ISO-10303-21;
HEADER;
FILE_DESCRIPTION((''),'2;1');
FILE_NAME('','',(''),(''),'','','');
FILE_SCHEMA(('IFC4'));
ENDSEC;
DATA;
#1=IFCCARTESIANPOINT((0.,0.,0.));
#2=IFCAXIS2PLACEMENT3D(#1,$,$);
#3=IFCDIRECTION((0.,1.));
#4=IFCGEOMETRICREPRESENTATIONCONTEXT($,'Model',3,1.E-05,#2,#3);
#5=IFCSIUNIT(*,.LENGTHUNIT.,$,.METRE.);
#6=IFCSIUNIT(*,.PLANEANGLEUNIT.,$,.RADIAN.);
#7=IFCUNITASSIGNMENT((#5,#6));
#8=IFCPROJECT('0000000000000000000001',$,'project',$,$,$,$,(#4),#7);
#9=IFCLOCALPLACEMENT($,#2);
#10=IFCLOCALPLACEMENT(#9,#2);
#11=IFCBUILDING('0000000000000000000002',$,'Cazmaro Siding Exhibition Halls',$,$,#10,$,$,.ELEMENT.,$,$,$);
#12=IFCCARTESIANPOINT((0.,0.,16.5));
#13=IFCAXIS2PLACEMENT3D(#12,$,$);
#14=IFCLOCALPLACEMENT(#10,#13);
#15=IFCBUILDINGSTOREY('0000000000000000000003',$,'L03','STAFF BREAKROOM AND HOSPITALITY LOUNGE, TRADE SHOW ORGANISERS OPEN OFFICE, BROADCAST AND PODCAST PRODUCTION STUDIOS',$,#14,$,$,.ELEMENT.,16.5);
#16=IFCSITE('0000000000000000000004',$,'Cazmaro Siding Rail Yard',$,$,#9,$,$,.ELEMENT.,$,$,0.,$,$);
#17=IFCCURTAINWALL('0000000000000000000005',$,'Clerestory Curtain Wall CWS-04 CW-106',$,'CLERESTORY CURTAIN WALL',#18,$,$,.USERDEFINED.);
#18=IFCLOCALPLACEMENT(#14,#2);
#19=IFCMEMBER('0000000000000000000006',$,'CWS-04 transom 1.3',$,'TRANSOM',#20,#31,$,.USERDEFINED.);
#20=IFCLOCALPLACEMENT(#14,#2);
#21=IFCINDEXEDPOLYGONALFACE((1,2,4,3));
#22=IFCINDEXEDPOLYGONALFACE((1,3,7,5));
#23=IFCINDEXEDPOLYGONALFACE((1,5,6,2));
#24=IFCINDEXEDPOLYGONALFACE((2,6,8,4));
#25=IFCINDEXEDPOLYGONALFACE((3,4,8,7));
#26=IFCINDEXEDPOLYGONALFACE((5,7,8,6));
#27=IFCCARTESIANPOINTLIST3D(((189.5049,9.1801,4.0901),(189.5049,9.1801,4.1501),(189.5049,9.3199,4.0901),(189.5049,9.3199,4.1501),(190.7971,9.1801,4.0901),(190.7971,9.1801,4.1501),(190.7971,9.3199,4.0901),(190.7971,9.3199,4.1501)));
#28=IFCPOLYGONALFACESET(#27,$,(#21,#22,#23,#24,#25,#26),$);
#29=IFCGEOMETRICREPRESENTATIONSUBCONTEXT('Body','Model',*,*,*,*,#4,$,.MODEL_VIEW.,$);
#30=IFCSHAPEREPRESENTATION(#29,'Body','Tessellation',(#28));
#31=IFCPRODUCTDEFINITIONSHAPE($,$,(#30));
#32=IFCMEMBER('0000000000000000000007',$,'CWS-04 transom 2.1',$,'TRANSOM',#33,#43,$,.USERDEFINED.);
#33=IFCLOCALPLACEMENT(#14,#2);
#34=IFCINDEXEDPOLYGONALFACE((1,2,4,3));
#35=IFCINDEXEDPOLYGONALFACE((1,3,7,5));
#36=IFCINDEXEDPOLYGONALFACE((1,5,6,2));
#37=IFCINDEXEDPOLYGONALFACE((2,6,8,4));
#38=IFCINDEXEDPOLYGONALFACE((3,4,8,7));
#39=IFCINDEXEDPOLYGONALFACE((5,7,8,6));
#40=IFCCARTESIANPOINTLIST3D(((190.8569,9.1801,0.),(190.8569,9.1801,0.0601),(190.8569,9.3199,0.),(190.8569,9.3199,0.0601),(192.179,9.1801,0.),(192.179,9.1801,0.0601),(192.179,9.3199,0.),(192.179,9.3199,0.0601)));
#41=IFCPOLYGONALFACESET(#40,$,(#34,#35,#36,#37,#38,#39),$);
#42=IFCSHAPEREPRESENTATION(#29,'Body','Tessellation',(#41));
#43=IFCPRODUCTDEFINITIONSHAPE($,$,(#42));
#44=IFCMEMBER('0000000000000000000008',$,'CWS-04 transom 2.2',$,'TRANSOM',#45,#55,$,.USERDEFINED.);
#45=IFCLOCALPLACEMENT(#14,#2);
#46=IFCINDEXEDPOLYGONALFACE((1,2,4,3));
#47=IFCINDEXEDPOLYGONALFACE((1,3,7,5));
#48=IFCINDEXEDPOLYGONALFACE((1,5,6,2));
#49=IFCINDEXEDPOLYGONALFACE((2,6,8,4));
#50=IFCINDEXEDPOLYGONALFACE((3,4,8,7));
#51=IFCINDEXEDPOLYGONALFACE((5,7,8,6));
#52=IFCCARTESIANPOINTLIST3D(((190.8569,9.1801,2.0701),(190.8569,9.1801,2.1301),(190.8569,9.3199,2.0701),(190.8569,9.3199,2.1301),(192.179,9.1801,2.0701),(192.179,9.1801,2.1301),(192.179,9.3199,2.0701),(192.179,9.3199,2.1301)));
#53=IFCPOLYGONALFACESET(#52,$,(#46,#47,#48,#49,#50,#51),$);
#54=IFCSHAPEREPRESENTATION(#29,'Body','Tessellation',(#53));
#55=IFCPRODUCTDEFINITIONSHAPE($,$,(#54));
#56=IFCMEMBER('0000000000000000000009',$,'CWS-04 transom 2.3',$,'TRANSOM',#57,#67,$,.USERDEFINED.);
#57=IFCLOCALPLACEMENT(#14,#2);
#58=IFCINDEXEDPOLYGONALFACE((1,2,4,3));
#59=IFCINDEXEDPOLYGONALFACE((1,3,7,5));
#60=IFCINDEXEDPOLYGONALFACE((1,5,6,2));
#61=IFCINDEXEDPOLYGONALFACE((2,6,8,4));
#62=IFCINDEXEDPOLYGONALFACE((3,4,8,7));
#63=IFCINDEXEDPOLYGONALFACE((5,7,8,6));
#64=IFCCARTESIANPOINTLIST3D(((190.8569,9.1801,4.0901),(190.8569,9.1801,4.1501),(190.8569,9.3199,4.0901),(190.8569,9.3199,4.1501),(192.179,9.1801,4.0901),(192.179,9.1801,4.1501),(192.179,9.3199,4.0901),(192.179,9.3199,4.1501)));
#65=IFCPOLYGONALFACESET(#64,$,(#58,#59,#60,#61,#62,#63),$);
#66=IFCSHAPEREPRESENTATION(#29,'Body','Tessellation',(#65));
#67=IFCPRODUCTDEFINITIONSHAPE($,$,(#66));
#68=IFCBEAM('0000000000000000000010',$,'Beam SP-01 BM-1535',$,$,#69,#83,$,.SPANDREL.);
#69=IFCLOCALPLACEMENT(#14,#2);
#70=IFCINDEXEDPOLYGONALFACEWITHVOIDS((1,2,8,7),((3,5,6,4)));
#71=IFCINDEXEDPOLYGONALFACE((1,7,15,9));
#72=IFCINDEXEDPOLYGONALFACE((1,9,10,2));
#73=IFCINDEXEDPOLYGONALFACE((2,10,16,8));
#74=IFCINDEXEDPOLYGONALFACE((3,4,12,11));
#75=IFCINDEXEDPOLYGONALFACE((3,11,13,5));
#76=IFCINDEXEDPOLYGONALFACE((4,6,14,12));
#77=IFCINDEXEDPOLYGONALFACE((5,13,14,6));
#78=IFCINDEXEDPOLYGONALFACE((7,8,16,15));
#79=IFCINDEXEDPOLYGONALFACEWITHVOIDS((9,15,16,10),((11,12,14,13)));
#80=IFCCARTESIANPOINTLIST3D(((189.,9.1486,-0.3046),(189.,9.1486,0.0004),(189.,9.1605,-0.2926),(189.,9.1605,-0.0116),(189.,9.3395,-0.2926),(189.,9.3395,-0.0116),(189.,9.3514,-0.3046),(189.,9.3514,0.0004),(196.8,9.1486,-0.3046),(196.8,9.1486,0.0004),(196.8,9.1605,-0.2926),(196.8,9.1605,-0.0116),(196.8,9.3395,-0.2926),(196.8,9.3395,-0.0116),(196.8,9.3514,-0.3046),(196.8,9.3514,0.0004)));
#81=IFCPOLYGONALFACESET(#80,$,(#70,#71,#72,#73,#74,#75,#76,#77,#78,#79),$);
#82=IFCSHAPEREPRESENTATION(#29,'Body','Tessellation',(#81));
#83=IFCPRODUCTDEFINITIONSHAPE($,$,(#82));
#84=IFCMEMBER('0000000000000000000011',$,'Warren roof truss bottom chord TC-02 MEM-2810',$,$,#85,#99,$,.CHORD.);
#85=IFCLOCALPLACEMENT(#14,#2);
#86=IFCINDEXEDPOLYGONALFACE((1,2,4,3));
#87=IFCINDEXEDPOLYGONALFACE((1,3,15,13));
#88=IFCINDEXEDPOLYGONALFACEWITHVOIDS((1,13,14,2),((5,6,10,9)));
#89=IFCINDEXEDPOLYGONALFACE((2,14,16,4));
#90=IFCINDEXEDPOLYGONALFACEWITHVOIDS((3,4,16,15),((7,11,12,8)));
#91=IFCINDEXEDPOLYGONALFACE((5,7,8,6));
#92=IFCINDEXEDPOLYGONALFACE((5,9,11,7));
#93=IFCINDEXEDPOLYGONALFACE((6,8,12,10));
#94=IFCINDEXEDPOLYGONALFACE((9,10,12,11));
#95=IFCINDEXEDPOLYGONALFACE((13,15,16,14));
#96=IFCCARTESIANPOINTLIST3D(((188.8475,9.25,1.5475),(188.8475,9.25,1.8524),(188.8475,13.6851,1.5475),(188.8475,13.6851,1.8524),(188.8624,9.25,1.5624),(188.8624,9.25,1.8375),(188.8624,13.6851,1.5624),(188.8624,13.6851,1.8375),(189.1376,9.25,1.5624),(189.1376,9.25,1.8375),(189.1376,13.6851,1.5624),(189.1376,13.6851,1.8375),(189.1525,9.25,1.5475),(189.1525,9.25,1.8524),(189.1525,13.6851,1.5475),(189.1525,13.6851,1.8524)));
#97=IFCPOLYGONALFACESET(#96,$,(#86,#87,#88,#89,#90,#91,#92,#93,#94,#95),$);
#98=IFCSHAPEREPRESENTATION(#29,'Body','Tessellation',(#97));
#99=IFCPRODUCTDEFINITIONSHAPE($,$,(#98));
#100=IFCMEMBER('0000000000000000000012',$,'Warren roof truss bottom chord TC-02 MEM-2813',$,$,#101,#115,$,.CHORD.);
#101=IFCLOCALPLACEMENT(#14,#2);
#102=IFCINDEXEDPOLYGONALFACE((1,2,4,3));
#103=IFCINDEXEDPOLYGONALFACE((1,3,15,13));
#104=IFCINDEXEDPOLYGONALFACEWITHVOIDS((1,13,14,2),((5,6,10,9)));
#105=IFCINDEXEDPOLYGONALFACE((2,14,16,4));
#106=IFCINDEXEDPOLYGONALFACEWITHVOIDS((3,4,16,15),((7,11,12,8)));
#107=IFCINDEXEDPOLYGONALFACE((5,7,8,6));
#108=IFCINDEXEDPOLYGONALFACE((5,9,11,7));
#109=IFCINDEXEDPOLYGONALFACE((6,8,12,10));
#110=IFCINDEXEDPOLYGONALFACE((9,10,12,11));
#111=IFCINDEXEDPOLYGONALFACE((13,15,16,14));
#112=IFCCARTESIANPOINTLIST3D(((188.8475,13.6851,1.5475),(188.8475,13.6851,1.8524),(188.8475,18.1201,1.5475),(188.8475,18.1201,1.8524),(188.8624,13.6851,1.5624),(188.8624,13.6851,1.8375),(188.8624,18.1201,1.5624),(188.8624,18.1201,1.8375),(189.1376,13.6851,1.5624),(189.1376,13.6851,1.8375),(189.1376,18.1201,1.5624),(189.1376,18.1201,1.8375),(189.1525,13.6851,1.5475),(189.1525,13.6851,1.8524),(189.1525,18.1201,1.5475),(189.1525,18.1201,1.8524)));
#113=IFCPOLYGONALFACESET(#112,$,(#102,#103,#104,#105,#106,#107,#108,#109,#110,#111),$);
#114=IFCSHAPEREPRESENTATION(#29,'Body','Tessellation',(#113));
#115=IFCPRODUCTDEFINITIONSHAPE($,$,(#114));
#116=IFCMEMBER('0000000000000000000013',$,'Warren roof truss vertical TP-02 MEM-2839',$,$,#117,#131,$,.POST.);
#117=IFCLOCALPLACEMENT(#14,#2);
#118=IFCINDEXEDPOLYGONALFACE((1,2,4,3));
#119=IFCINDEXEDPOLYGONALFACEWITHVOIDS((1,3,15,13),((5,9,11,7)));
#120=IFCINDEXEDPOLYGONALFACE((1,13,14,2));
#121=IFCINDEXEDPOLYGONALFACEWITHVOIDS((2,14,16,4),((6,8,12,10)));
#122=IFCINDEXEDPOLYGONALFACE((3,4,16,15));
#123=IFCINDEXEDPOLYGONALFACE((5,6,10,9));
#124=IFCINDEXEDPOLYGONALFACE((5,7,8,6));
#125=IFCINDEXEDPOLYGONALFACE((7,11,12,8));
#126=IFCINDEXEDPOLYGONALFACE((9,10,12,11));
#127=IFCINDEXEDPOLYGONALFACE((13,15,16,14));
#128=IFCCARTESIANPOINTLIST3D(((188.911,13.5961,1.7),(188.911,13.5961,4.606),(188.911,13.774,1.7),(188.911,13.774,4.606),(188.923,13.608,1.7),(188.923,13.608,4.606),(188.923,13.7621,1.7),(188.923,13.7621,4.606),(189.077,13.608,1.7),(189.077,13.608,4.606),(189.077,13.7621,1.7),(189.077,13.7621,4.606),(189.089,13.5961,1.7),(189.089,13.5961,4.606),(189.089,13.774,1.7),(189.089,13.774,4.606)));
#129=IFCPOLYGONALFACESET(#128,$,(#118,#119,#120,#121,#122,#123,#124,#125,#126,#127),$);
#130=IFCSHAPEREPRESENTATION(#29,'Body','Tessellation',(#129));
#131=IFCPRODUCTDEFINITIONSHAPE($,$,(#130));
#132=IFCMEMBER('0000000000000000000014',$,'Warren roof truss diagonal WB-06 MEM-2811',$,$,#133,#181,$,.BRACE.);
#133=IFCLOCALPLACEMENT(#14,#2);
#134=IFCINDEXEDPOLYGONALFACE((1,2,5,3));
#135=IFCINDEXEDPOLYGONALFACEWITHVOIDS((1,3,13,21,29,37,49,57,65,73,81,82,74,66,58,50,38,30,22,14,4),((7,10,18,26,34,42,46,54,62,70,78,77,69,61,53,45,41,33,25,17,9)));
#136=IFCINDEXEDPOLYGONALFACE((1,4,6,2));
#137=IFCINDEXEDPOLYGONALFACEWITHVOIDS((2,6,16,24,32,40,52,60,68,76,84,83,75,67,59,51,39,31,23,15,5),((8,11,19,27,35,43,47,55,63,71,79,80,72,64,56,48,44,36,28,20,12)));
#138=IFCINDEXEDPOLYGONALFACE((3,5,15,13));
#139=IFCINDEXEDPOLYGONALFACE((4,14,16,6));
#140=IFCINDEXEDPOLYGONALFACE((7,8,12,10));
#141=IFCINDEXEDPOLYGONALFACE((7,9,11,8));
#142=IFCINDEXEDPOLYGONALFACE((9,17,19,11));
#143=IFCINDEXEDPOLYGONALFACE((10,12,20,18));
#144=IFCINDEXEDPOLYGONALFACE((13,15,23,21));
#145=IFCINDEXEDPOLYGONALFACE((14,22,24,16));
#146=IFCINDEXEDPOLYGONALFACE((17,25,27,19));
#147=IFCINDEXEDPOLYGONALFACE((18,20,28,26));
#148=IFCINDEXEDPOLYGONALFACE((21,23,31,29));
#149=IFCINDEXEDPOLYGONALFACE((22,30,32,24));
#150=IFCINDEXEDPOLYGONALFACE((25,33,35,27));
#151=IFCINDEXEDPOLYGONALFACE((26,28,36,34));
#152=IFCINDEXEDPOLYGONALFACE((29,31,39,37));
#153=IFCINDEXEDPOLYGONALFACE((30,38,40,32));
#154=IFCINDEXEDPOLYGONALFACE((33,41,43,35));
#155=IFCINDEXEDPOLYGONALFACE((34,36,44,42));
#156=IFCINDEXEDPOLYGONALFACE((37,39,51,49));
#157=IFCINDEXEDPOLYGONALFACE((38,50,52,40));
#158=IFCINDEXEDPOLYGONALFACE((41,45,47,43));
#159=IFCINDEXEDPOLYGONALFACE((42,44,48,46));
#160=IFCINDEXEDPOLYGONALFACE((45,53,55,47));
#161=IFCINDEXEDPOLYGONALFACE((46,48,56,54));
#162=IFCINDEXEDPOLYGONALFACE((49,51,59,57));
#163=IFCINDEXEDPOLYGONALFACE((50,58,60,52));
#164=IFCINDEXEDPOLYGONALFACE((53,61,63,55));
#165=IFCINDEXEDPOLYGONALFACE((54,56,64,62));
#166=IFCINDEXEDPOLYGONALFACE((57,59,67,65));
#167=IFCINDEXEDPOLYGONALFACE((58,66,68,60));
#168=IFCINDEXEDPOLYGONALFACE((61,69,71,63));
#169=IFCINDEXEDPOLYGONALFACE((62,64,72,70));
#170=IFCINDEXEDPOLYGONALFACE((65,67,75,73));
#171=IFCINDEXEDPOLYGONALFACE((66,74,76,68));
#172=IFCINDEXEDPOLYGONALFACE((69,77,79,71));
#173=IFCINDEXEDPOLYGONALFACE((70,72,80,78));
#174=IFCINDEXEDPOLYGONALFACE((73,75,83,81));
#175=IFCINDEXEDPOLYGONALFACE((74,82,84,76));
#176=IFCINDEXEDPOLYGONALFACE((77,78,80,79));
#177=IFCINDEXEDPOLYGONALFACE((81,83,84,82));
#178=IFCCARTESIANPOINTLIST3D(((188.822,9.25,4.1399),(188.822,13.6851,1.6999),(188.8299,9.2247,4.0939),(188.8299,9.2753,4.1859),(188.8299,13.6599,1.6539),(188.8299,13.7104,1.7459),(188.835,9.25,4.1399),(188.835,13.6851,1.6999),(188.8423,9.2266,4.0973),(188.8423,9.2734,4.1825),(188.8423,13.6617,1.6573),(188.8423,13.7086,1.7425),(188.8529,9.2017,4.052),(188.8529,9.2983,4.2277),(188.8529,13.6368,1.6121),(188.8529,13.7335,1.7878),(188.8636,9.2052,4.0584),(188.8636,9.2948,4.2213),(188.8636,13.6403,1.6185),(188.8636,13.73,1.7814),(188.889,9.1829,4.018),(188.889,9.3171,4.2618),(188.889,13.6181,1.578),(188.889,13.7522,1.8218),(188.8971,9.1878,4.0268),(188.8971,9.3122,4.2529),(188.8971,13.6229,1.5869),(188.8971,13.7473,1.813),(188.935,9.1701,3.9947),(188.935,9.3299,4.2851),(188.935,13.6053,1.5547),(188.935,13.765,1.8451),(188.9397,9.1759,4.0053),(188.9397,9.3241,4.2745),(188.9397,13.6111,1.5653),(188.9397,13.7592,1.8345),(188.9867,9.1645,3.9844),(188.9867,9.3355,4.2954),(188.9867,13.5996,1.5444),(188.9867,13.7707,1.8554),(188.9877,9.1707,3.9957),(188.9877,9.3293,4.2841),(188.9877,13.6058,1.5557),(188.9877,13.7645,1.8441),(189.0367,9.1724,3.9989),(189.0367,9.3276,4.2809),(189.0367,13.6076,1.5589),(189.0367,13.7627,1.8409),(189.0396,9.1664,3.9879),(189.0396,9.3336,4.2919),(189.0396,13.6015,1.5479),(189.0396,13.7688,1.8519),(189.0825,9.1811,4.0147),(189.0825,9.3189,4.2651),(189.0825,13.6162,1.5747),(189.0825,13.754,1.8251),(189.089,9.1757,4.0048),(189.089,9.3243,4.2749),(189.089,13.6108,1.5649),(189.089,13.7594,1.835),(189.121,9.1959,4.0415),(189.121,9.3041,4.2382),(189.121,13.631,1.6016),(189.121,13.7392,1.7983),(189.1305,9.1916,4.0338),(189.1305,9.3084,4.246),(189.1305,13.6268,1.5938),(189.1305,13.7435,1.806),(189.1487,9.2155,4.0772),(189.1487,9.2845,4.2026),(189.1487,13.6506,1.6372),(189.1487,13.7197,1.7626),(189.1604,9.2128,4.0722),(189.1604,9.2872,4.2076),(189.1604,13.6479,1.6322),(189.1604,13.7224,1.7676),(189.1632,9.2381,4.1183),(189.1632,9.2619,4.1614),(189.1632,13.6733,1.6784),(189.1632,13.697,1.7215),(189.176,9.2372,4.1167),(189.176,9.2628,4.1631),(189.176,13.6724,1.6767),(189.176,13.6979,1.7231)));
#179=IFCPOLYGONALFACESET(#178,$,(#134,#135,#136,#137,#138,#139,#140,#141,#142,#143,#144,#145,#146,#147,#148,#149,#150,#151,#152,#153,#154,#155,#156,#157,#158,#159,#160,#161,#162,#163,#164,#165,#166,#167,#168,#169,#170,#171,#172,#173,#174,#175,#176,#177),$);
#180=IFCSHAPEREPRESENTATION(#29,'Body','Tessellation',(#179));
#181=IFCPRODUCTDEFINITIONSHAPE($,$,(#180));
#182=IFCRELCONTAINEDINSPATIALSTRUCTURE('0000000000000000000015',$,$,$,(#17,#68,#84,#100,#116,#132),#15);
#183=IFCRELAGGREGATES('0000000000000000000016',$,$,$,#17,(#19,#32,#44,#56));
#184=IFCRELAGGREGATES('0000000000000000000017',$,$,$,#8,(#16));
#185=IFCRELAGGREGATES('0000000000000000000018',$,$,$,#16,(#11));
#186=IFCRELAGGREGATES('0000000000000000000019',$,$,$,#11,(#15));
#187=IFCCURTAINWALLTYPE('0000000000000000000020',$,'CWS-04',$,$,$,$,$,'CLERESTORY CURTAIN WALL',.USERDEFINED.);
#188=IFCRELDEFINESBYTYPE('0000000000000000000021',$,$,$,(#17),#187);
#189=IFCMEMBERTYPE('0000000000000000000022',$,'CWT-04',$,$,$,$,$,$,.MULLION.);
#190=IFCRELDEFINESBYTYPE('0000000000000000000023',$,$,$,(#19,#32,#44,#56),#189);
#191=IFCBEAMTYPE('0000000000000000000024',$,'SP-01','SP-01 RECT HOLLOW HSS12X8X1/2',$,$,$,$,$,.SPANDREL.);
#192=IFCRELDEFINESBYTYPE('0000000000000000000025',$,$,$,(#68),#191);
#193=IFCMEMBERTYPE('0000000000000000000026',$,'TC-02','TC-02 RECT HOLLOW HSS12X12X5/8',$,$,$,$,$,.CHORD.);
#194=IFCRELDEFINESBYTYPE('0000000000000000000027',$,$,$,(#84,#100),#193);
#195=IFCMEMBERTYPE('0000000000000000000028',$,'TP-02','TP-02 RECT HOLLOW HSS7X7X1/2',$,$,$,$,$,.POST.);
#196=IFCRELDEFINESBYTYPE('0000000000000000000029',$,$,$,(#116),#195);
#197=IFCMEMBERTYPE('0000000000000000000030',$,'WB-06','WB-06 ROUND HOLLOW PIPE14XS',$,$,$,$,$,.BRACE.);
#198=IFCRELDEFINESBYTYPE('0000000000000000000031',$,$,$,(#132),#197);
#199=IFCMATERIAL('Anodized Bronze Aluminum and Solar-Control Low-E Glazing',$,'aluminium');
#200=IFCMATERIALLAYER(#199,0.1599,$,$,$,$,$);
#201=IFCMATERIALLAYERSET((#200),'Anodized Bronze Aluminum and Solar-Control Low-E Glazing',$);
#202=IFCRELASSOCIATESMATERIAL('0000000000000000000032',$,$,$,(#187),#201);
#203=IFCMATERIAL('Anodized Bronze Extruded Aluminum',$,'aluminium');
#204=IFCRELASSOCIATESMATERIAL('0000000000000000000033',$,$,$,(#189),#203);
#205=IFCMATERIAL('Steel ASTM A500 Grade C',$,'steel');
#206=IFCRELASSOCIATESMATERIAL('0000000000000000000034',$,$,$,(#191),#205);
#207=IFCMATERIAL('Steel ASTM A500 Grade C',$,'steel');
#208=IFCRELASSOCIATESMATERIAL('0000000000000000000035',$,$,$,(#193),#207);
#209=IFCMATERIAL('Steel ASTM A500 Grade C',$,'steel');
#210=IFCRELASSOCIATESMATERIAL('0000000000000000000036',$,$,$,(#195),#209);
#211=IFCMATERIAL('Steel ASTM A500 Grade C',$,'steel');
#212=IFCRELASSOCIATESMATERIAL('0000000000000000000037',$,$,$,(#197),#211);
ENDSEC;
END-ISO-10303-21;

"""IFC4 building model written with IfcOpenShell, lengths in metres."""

from ifc_helpers import new_model, si_unit, direction, frame, origin, origin_2d, place, context, subcontext, project, spatial, rectangle, hollow_rectangle, hollow_circle, extrude, material, layer, layer_set, material_profile, profile_set, type_object, element, aggregate, save


model = new_model("IFC4")

# Units and contexts
model_context = context("Model", 3, precision=1e-05, world=origin(), true_north=direction((0.0, 1.0)))
body_context = subcontext(model_context, "Body", "Model", "MODEL_VIEW")
ifc_project = project(units=[si_unit("LENGTHUNIT", "METRE"), si_unit("PLANEANGLEUNIT", "RADIAN")], contexts=[model_context])

# Site, building, storey
site_placement = place(None, origin())
site = spatial("IfcSite", under=ifc_project, at=site_placement, Name="Cazmaro Siding Rail Yard", CompositionType="ELEMENT", RefElevation=0.0)
building_placement = place(site_placement, origin())
building = spatial("IfcBuilding", under=site, at=building_placement, Name="Cazmaro Siding Exhibition Halls", CompositionType="ELEMENT")
storey_placement = place(building_placement, frame((0.0, 0.0, 16.5)))
storey = spatial("IfcBuildingStorey", under=building, at=storey_placement, Name="L03", Description="STAFF BREAKROOM AND HOSPITALITY LOUNGE, TRADE SHOW ORGANISERS OPEN OFFICE, BROADCAST AND PODCAST PRODUCTION STUDIOS", CompositionType="ELEMENT", Elevation=16.5)

# Curtain wall
ifc_material_1 = material(Name="Anodized Bronze Aluminum and Solar-Control Low-E Glazing", Category="aluminium")
ifc_layer_1 = layer(ifc_material_1, 0.1599)
ifc_layer_set_1 = layer_set([ifc_layer_1], Name="Anodized Bronze Aluminum and Solar-Control Low-E Glazing")
curtain_wall_type = type_object("IfcCurtainWallType", Name="CWS-04", ElementType="CLERESTORY CURTAIN WALL", PredefinedType="USERDEFINED", material=ifc_layer_set_1)
curtain_wall_1_placement = place(storey_placement, origin())
curtain_wall_1 = element("IfcCurtainWall", 1, at=curtain_wall_1_placement, inside=storey, type_object=curtain_wall_type, Name="Clerestory Curtain Wall CWS-04 CW-106", ObjectType="CLERESTORY CURTAIN WALL", PredefinedType="USERDEFINED")

# Members
ifc_material_2 = material(Name="Anodized Bronze Extruded Aluminum", Category="aluminium")
ifc_material_profile_1 = material_profile(ifc_material_2, rectangle(XDim=0.1399, YDim=0.0601, at=origin_2d()), Name="CWT-04")
ifc_profile_set_1 = profile_set([ifc_material_profile_1], Name="Anodized Bronze Extruded Aluminum")
member_type_1 = type_object("IfcMemberType", Name="CWT-04", PredefinedType="MULLION", material=ifc_profile_set_1)
member_1_placement = place(storey_placement, frame((189.5049, 9.25, 4.1201), z_axis=(1.0, 0.0, 0.0), x_axis=(0.0, 1.0, 0.0)))
member_1 = element("IfcMember", 2, at=member_1_placement, type_object=member_type_1, Name="CWS-04 transom 1.3", ObjectType="TRANSOM", PredefinedType="USERDEFINED", context=body_context, shape_type="SweptSolid", body=[
    extrude(rectangle(XDim=0.1399, YDim=0.0601, at=origin_2d()), origin(), (0.0, 0.0, 1.0), 1.2922),
])
member_2_placement = place(storey_placement, frame((190.8569, 9.25, 0.03), z_axis=(1.0, 0.0, 0.0), x_axis=(0.0, 1.0, 0.0)))
member_2 = element("IfcMember", 3, at=member_2_placement, type_object=member_type_1, Name="CWS-04 transom 2.1", ObjectType="TRANSOM", PredefinedType="USERDEFINED", context=body_context, shape_type="SweptSolid", body=[
    extrude(rectangle(XDim=0.1399, YDim=0.0601, at=origin_2d()), origin(), (0.0, 0.0, 1.0), 1.322),
])
member_3_placement = place(storey_placement, frame((190.8569, 9.25, 2.1001), z_axis=(1.0, 0.0, 0.0), x_axis=(0.0, 1.0, 0.0)))
member_3 = element("IfcMember", 4, at=member_3_placement, type_object=member_type_1, Name="CWS-04 transom 2.2", ObjectType="TRANSOM", PredefinedType="USERDEFINED", context=body_context, shape_type="SweptSolid", body=[
    extrude(rectangle(XDim=0.1399, YDim=0.0601, at=origin_2d()), origin(), (0.0, 0.0, 1.0), 1.322),
])
member_4_placement = place(storey_placement, frame((190.8569, 9.25, 4.1201), z_axis=(1.0, 0.0, 0.0), x_axis=(0.0, 1.0, 0.0)))
member_4 = element("IfcMember", 5, at=member_4_placement, type_object=member_type_1, Name="CWS-04 transom 2.3", ObjectType="TRANSOM", PredefinedType="USERDEFINED", context=body_context, shape_type="SweptSolid", body=[
    extrude(rectangle(XDim=0.1399, YDim=0.0601, at=origin_2d()), origin(), (0.0, 0.0, 1.0), 1.322),
])

# Beam
ifc_material_3 = material(Name="Steel ASTM A500 Grade C", Category="steel")
ifc_material_profile_2 = material_profile(ifc_material_3, hollow_rectangle(XDim=0.2029, YDim=0.3049, WallThickness=0.012, at=origin_2d()), Name="HSS12X8X1/2")
ifc_profile_set_2 = profile_set([ifc_material_profile_2], Name="Steel ASTM A500 Grade C")
beam_type = type_object("IfcBeamType", Name="SP-01", Description="SP-01 RECT HOLLOW HSS12X8X1/2", PredefinedType="SPANDREL", material=ifc_profile_set_2)
beam_placement = place(storey_placement, frame((189.0, 9.25, -0.1521), z_axis=(1.0, 0.0, 0.0), x_axis=(0.0, 1.0, 0.0)))
element("IfcBeam", 6, at=beam_placement, inside=storey, type_object=beam_type, Name="Beam SP-01 BM-1535", PredefinedType="SPANDREL", context=body_context, shape_type="SweptSolid", body=[
    extrude(hollow_rectangle(XDim=0.2029, YDim=0.3049, WallThickness=0.012, at=origin_2d()), origin(), (0.0, 0.0, 1.0), 7.8),
])

# Members
ifc_material_4 = material(Name="Steel ASTM A500 Grade C", Category="steel")
ifc_material_profile_3 = material_profile(ifc_material_4, hollow_rectangle(XDim=0.3049, YDim=0.3049, WallThickness=0.0149, at=origin_2d()), Name="HSS12X12X5/8")
ifc_profile_set_3 = profile_set([ifc_material_profile_3], Name="Steel ASTM A500 Grade C")
member_type_2 = type_object("IfcMemberType", Name="TC-02", Description="TC-02 RECT HOLLOW HSS12X12X5/8", PredefinedType="CHORD", material=ifc_profile_set_3)
for number, where, z_axis, x_axis, name in (
    (7, (189.0, 9.25, 1.7), (0.0, 1.0, 0.0), (-1.0, 0.0, 0.0), "Warren roof truss bottom chord TC-02 MEM-2810"),
    (8, (189.0, 13.6851, 1.7), (0.0, 1.0, 0.0), (-1.0, 0.0, 0.0), "Warren roof truss bottom chord TC-02 MEM-2813"),
):
    element("IfcMember", number, at=place(storey_placement, frame(where, z_axis=z_axis, x_axis=x_axis)), inside=storey, type_object=member_type_2, Name=name, PredefinedType="CHORD", context=body_context, shape_type="SweptSolid", body=[
        extrude(hollow_rectangle(XDim=0.3049, YDim=0.3049, WallThickness=0.0149, at=origin_2d()), origin(), (0.0, 0.0, 1.0), 4.4351),
    ])
ifc_material_5 = material(Name="Steel ASTM A500 Grade C", Category="steel")
ifc_material_profile_4 = material_profile(ifc_material_5, hollow_rectangle(XDim=0.178, YDim=0.178, WallThickness=0.012, at=origin_2d()), Name="HSS7X7X1/2")
ifc_profile_set_4 = profile_set([ifc_material_profile_4], Name="Steel ASTM A500 Grade C")
member_type_3 = type_object("IfcMemberType", Name="TP-02", Description="TP-02 RECT HOLLOW HSS7X7X1/2", PredefinedType="POST", material=ifc_profile_set_4)
member_5_placement = place(storey_placement, frame((189.0, 13.6851, 1.7), z_axis=(0.0, 0.0, 1.0), x_axis=(1.0, 0.0, 0.0)))
element("IfcMember", 9, at=member_5_placement, inside=storey, type_object=member_type_3, Name="Warren roof truss vertical TP-02 MEM-2839", PredefinedType="POST", context=body_context, shape_type="SweptSolid", body=[
    extrude(hollow_rectangle(XDim=0.178, YDim=0.178, WallThickness=0.012, at=origin_2d()), origin(), (0.0, 0.0, 1.0), 2.906),
])
ifc_material_6 = material(Name="Steel ASTM A500 Grade C", Category="steel")
ifc_material_profile_5 = material_profile(ifc_material_6, hollow_circle(Radius=0.178, WallThickness=0.0129, at=origin_2d()), Name="PIPE14XS")
ifc_profile_set_5 = profile_set([ifc_material_profile_5], Name="Steel ASTM A500 Grade C")
member_type_4 = type_object("IfcMemberType", Name="WB-06", Description="WB-06 ROUND HOLLOW PIPE14XS", PredefinedType="BRACE", material=ifc_profile_set_5)
member_6_placement = place(storey_placement, frame((189.0, 9.25, 4.1399), z_axis=(0.0, 0.876161, -0.482019), x_axis=(-1.0, 0.0, 0.0)))
element("IfcMember", 10, at=member_6_placement, inside=storey, type_object=member_type_4, Name="Warren roof truss diagonal WB-06 MEM-2811", PredefinedType="BRACE", context=body_context, shape_type="SweptSolid", body=[
    extrude(hollow_circle(Radius=0.178, WallThickness=0.0129, at=origin_2d()), origin(), (0.0, 0.0, 1.0), 5.062),
])

aggregate(curtain_wall_1, [member_1, member_2, member_3, member_4])

save(model, "model.ifc")
